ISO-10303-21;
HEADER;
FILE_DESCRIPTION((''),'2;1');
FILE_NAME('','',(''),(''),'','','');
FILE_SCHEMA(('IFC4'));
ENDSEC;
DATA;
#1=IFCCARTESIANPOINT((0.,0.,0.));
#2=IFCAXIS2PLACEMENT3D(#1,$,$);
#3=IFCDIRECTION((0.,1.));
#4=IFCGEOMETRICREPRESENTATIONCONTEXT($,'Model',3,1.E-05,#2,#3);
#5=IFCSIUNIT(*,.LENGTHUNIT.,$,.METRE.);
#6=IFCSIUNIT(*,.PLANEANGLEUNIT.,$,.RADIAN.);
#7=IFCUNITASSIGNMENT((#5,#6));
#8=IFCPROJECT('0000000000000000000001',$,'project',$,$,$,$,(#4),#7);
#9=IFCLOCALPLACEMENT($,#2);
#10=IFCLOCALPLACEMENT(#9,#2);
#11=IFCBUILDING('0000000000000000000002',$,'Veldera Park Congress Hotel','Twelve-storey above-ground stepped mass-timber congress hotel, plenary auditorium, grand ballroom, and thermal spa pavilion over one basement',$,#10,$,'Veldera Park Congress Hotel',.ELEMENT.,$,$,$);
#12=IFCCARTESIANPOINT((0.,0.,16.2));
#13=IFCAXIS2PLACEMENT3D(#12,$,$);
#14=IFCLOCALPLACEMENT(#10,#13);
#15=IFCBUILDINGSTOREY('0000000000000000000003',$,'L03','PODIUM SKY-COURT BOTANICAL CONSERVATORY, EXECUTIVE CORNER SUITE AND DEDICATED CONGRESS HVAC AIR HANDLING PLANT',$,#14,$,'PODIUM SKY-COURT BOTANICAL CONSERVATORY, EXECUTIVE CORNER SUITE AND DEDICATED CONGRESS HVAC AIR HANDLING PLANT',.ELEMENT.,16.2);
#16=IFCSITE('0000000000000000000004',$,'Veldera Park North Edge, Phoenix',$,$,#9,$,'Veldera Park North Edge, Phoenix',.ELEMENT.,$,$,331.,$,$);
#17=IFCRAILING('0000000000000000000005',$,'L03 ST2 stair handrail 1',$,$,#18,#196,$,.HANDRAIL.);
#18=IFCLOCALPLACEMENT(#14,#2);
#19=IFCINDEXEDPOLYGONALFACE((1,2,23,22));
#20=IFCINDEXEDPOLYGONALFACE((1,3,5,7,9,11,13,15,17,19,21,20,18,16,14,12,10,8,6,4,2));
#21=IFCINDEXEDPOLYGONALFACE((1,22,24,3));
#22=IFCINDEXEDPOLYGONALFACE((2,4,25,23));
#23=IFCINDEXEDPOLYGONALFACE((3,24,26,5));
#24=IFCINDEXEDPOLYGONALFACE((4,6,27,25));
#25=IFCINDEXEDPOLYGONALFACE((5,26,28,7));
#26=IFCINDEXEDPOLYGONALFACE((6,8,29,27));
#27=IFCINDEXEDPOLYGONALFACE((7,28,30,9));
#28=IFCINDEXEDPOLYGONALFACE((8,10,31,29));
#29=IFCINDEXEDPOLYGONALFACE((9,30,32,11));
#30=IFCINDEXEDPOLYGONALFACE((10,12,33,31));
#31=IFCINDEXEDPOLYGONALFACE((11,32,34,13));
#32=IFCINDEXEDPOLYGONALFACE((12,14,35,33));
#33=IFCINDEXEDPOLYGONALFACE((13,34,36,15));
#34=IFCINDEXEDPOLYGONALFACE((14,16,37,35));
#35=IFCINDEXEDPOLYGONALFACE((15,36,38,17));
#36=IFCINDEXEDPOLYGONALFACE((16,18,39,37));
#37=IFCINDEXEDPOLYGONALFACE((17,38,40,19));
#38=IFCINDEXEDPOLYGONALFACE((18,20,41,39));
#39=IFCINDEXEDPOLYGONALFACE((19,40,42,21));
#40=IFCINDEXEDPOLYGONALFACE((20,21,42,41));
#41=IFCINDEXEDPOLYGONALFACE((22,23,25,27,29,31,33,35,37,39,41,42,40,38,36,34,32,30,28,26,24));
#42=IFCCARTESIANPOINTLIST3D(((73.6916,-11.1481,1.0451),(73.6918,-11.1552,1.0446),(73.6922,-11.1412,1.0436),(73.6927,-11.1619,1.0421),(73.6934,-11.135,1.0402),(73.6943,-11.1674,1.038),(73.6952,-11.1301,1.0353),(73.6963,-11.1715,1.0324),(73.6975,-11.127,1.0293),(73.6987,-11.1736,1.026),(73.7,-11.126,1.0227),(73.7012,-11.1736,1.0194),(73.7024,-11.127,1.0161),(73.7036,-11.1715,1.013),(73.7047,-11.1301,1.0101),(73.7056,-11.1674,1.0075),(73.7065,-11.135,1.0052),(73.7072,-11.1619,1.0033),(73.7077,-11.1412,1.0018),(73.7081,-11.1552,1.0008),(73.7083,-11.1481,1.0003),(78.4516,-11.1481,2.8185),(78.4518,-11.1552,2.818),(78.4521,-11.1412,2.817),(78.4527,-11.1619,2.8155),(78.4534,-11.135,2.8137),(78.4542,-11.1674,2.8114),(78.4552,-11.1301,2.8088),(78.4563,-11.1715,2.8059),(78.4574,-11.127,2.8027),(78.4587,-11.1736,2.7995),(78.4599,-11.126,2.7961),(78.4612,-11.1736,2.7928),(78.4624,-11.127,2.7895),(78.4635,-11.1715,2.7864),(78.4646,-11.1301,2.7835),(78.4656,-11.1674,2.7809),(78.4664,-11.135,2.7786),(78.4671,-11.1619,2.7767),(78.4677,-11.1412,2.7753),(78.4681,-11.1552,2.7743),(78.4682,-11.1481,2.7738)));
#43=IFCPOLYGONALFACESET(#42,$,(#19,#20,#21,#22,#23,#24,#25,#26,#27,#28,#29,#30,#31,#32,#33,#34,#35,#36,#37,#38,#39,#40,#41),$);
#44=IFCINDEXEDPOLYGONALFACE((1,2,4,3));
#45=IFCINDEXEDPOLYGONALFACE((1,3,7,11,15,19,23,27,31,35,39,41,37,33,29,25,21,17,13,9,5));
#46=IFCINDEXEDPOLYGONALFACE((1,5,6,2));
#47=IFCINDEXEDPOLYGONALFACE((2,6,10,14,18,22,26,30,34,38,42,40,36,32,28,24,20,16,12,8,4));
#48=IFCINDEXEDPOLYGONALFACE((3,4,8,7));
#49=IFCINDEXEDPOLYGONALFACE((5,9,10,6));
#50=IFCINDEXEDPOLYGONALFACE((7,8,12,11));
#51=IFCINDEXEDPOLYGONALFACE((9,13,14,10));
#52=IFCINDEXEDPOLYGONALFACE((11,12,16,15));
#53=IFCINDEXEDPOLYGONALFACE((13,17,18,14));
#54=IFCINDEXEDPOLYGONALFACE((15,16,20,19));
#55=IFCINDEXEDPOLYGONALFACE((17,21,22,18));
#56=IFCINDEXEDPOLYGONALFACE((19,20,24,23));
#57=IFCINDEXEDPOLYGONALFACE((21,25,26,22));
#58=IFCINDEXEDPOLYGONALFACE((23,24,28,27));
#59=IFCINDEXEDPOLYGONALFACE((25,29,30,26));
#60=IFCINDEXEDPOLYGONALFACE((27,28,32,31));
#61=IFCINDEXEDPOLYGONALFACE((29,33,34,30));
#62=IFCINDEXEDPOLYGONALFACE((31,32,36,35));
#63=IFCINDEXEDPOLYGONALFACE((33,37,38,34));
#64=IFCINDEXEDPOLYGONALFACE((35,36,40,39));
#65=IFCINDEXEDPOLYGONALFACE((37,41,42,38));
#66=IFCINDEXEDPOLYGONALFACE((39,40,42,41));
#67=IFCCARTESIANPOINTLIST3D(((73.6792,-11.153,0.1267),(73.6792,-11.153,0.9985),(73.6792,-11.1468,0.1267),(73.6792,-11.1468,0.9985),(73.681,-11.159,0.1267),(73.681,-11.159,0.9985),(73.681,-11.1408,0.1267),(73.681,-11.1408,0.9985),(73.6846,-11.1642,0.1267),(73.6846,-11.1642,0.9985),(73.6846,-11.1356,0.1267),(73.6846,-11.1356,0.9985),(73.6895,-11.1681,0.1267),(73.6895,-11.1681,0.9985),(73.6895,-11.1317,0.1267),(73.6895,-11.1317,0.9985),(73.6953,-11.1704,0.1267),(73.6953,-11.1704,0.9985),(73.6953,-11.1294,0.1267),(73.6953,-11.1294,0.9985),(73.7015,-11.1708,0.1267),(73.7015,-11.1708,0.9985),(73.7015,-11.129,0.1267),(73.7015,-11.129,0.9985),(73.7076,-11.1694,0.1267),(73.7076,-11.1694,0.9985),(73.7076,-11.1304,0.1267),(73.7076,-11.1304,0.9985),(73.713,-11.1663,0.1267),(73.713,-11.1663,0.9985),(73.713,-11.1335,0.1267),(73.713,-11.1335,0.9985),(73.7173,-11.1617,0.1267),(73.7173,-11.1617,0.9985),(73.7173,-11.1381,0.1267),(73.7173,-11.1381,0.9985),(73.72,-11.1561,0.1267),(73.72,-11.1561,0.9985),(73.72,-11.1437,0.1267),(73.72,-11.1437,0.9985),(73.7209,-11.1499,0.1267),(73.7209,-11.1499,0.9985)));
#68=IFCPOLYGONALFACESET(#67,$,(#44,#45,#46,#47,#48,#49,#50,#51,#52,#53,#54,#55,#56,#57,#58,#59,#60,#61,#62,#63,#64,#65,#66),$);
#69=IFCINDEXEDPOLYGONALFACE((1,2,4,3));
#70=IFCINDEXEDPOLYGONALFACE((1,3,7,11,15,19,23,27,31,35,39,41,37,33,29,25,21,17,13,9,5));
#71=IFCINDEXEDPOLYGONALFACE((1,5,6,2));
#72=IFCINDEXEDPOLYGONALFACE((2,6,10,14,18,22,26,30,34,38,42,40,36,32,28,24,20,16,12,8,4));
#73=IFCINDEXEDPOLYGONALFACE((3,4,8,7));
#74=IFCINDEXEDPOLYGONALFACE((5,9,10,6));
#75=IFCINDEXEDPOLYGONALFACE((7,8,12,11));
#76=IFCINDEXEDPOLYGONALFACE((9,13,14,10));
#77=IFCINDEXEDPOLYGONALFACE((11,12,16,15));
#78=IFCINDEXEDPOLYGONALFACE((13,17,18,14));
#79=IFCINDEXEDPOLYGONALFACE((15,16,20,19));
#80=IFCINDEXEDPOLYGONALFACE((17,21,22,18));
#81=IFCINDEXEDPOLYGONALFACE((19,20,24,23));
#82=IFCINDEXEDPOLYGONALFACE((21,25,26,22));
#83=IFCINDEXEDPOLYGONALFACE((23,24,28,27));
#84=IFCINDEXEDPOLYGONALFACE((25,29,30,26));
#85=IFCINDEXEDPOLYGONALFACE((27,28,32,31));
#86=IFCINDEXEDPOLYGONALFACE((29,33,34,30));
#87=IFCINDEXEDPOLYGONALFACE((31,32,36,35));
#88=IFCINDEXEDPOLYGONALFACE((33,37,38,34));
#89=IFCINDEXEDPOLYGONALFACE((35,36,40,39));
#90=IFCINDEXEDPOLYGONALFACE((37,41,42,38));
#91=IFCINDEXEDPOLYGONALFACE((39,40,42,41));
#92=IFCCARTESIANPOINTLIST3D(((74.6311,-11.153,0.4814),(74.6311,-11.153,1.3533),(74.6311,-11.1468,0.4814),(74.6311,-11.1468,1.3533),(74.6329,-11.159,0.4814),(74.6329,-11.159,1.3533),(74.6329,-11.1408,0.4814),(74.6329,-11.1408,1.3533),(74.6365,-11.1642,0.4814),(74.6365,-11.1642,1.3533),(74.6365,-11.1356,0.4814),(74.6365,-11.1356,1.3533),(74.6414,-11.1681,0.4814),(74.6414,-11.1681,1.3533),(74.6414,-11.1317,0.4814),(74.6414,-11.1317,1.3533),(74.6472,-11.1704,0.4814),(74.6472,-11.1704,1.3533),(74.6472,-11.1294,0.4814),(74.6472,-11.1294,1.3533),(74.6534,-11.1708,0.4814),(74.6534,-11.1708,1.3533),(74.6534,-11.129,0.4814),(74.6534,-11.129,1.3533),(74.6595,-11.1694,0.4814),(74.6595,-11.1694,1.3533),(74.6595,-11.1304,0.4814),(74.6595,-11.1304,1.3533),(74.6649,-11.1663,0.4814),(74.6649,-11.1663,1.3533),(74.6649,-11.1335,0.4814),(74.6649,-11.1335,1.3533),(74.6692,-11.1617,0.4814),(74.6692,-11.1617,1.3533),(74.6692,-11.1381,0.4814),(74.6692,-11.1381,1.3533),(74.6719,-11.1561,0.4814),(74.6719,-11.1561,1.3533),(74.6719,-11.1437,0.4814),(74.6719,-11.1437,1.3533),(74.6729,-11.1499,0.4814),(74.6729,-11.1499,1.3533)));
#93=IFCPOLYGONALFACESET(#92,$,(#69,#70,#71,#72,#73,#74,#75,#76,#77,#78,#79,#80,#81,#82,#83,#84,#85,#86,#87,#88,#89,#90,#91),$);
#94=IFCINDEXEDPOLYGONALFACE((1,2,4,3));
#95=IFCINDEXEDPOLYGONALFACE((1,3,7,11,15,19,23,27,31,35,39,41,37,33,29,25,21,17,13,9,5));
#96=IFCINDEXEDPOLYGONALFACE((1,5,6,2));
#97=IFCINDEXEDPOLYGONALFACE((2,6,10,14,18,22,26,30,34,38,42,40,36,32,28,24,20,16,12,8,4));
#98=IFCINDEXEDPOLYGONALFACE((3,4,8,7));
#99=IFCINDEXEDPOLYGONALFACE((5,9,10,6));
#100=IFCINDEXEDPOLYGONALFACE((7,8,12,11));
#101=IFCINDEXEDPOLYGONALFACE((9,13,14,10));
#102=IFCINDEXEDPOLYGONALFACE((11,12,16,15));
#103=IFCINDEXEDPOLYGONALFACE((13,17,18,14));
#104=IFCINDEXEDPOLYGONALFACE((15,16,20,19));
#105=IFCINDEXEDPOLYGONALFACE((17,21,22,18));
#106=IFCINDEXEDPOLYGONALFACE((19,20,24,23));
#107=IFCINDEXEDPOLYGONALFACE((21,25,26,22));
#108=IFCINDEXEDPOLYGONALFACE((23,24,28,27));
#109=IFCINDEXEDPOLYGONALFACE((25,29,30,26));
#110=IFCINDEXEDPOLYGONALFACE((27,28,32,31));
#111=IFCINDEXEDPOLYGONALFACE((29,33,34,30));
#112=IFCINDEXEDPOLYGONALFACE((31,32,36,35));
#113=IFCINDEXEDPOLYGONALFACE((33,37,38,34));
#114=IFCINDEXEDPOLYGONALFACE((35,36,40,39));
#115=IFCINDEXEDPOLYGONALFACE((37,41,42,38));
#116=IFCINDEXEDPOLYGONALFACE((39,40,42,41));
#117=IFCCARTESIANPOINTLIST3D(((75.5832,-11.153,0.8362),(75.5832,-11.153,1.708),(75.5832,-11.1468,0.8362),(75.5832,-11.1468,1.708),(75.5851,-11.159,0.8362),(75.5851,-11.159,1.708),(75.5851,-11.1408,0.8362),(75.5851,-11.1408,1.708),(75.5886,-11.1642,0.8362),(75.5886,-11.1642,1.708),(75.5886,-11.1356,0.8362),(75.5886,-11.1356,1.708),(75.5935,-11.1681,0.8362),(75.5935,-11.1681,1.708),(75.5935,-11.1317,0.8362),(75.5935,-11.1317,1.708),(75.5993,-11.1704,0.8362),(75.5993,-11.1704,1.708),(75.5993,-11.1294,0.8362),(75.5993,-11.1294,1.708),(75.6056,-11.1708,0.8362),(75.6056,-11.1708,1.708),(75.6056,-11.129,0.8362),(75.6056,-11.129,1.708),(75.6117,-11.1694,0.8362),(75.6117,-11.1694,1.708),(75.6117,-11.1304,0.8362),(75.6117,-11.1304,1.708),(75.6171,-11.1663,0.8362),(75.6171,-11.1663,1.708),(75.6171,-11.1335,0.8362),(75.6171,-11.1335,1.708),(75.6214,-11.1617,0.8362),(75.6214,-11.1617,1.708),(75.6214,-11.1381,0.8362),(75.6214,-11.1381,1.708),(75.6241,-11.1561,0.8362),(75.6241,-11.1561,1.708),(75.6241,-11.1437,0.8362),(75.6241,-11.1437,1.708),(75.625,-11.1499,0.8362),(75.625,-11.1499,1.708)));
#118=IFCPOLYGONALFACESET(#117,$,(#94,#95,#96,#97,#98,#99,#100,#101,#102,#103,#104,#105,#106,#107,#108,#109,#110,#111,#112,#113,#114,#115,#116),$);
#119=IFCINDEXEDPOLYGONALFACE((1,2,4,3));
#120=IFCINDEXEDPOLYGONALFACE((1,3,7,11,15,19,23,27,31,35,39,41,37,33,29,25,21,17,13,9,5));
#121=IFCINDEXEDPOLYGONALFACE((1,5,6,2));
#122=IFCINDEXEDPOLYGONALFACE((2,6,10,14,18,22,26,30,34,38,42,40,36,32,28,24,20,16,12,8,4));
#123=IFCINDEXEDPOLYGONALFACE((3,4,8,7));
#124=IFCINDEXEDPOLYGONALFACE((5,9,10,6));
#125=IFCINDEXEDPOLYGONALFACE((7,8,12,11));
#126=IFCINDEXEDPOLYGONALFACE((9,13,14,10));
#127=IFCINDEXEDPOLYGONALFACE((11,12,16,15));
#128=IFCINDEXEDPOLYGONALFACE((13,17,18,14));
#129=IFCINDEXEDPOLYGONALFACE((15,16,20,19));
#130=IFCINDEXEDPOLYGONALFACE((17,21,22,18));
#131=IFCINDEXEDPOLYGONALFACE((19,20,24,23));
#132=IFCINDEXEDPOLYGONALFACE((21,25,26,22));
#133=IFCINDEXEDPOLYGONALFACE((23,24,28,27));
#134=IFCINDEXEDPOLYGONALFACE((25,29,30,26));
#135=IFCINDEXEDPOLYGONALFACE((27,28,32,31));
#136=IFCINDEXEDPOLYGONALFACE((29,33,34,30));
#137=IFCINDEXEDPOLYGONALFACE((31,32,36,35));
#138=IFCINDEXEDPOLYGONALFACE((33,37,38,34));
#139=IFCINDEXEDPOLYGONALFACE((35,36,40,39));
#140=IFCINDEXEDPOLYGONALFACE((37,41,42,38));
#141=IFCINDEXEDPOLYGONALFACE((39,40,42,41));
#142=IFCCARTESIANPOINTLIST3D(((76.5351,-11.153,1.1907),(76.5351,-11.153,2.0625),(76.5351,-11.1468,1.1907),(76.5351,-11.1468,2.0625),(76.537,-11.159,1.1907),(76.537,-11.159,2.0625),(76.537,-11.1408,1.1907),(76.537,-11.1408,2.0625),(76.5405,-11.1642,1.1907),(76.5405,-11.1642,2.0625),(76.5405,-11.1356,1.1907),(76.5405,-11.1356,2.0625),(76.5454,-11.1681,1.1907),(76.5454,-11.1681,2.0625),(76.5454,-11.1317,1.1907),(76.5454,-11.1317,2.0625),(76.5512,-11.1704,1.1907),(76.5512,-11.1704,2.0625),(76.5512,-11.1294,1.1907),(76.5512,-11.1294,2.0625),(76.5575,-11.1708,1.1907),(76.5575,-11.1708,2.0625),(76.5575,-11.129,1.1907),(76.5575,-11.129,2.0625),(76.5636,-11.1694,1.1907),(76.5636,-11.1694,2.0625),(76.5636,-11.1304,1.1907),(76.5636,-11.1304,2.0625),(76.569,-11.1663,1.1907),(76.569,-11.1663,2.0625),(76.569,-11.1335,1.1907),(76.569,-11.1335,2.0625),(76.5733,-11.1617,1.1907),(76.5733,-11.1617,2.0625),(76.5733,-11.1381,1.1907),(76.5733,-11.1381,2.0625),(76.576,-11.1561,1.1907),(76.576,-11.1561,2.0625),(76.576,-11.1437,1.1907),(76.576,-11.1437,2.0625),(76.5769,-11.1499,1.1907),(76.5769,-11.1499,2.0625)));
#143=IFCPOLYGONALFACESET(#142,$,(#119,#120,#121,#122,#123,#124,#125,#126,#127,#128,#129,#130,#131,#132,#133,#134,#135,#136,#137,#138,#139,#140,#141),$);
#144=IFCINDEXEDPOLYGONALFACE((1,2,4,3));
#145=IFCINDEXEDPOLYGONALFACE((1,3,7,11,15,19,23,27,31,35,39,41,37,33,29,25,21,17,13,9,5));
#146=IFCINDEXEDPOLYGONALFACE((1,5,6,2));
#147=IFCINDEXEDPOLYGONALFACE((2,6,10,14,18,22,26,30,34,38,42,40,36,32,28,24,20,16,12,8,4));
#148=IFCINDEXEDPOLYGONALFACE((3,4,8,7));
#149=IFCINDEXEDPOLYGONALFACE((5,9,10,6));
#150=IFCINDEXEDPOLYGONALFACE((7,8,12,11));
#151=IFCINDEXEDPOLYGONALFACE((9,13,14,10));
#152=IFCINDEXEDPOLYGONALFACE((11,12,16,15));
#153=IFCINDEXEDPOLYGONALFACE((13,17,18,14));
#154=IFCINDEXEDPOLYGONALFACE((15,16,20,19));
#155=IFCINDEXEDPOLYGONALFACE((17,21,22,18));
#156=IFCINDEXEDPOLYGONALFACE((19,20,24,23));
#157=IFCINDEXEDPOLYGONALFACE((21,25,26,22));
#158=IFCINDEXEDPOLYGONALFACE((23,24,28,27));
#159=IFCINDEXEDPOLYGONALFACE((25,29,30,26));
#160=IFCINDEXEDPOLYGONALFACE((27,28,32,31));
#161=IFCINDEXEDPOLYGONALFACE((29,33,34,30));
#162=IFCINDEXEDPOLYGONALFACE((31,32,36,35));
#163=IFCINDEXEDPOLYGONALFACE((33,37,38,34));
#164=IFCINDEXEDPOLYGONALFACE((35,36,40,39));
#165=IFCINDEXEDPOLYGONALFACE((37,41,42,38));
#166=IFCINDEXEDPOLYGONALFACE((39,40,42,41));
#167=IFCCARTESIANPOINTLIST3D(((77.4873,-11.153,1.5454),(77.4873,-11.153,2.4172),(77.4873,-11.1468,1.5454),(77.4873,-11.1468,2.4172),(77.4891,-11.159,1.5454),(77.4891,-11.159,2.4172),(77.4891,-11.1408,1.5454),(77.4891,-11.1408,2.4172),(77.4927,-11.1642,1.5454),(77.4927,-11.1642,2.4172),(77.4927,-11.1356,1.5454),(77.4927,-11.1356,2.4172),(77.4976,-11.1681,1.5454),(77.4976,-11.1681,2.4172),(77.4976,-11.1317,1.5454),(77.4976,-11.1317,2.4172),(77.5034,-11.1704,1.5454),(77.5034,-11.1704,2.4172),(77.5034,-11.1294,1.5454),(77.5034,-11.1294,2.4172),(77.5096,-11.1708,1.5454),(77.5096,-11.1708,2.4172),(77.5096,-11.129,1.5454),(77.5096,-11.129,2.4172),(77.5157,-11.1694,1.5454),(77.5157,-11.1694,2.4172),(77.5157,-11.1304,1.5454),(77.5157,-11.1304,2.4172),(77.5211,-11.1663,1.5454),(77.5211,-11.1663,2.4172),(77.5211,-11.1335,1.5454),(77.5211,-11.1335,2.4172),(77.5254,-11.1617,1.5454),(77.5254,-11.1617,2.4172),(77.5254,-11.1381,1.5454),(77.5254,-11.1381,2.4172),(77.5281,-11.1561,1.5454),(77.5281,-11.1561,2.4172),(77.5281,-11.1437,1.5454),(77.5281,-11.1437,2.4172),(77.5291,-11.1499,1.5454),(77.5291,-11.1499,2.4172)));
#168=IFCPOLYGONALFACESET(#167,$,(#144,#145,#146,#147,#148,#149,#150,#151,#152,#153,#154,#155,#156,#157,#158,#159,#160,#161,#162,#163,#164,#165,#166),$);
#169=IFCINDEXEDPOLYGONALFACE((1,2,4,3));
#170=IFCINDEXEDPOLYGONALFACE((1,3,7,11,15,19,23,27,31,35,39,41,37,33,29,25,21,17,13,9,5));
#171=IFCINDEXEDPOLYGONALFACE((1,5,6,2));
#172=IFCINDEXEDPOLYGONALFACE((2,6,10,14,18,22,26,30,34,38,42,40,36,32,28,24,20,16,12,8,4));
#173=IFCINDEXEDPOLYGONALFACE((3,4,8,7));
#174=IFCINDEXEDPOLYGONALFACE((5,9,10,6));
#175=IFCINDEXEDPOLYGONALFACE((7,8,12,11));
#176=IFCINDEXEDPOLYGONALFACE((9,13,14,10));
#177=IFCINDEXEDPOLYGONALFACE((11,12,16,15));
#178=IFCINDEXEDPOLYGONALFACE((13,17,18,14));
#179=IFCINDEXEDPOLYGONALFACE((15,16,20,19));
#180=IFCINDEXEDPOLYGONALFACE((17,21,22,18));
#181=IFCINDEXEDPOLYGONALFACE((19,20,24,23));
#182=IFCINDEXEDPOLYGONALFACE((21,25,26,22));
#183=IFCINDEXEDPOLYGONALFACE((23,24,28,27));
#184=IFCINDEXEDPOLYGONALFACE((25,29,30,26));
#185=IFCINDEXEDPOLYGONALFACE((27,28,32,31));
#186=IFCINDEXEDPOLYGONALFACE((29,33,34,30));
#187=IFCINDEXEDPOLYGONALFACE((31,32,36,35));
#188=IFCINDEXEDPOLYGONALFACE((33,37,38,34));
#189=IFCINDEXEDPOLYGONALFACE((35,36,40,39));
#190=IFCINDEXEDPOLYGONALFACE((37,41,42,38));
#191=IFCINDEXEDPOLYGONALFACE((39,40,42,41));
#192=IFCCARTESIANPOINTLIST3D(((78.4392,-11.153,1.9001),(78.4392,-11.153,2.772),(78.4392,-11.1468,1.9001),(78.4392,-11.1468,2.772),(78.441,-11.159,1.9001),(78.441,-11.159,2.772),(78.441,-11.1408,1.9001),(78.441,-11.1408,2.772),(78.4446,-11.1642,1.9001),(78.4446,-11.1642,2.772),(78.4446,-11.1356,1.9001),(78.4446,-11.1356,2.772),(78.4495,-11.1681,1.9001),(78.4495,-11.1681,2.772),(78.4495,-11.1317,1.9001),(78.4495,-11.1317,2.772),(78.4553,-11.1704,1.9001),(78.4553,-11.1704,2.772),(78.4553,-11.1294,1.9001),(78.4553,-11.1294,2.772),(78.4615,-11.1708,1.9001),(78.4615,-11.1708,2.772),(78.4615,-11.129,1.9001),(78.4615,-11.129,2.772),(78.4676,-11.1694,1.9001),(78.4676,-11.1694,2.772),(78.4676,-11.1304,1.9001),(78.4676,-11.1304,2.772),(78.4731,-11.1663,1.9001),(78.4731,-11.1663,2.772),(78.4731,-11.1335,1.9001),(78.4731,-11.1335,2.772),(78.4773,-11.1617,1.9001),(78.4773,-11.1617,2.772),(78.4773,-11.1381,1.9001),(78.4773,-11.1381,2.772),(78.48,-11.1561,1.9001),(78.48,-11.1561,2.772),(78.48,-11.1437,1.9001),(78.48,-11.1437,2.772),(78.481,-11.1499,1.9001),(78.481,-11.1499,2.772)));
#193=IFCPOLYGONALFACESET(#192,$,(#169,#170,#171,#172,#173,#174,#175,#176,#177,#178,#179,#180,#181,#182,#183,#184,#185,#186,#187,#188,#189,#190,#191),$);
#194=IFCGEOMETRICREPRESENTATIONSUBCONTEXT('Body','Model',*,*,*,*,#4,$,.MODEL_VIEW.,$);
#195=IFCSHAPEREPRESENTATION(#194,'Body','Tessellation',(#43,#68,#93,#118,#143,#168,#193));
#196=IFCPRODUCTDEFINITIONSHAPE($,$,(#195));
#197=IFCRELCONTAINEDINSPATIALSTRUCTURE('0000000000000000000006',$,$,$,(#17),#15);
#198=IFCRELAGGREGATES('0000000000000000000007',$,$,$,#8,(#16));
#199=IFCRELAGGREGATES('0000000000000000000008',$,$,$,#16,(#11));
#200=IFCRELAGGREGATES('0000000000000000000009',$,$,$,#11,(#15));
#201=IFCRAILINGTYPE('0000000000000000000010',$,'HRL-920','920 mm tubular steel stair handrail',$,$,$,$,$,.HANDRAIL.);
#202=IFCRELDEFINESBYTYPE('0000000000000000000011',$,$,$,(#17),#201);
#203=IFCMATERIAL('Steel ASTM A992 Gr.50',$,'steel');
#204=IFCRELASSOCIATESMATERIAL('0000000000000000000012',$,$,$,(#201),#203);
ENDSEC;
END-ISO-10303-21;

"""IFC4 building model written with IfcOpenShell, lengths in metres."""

from ifc_helpers import new_model, si_unit, direction, frame, origin, origin_2d, place, context, subcontext, project, spatial, circle, extrude, material, type_object, element, save


model = new_model("IFC4")

# Units and contexts
model_context = context("Model", 3, precision=1e-05, world=origin(), true_north=direction((0.0, 1.0)))
body_context = subcontext(model_context, "Body", "Model", "MODEL_VIEW")
ifc_project = project(units=[si_unit("LENGTHUNIT", "METRE"), si_unit("PLANEANGLEUNIT", "RADIAN")], contexts=[model_context])

# Site, building, storey
site_placement = place(None, origin())
site = spatial("IfcSite", under=ifc_project, at=site_placement, Name="Veldera Park North Edge, Phoenix", LongName="Veldera Park North Edge, Phoenix", CompositionType="ELEMENT", RefElevation=331.0)
building_placement = place(site_placement, origin())
building = spatial("IfcBuilding", under=site, at=building_placement, Name="Veldera Park Congress Hotel", Description="Twelve-storey above-ground stepped mass-timber congress hotel, plenary auditorium, grand ballroom, and thermal spa pavilion over one basement", LongName="Veldera Park Congress Hotel", CompositionType="ELEMENT")
storey_placement = place(building_placement, frame((0.0, 0.0, 16.2)))
storey = spatial("IfcBuildingStorey", under=building, at=storey_placement, Name="L03", Description="PODIUM SKY-COURT BOTANICAL CONSERVATORY, EXECUTIVE CORNER SUITE AND DEDICATED CONGRESS HVAC AIR HANDLING PLANT", LongName="PODIUM SKY-COURT BOTANICAL CONSERVATORY, EXECUTIVE CORNER SUITE AND DEDICATED CONGRESS HVAC AIR HANDLING PLANT", CompositionType="ELEMENT", Elevation=16.2)

# Railing
ifc_material_1 = material(Name="Steel ASTM A992 Gr.50", Category="steel")
railing_type_1 = type_object("IfcRailingType", Name="HRL-920", Description="920 mm tubular steel stair handrail", PredefinedType="HANDRAIL", material=ifc_material_1)
railing_1_placement = place(storey_placement, frame((73.7, -11.1499, 0.1267)))
element("IfcRailing", 1, at=railing_1_placement, inside=storey, type_object=railing_type_1, Name="L03 ST2 stair handrail 1", PredefinedType="HANDRAIL", context=body_context, shape_type="SweptSolid", body=[
    extrude(circle(Radius=0.0239, at=origin_2d()), frame((0.0, 0.0, 0.896), z_axis=(0.937076, 0.0, 0.349126), x_axis=(0.0, 1.0, 0.0)), (0.0, 0.0, 1.0), 5.0796),
    extrude(circle(Radius=0.021, at=origin_2d()), origin(), (0.0, 0.0, 1.0), 0.8718),
    extrude(circle(Radius=0.021, at=origin_2d()), frame((0.9519, 0.0, 0.3547)), (0.0, 0.0, 1.0), 0.8718),
    extrude(circle(Radius=0.021, at=origin_2d()), frame((1.9041, 0.0, 0.7095)), (0.0, 0.0, 1.0), 0.8718),
    extrude(circle(Radius=0.021, at=origin_2d()), frame((2.856, 0.0, 1.064)), (0.0, 0.0, 1.0), 0.8718),
    extrude(circle(Radius=0.021, at=origin_2d()), frame((3.8081, 0.0, 1.4187)), (0.0, 0.0, 1.0), 0.8718),
    extrude(circle(Radius=0.021, at=origin_2d()), frame((4.76, 0.0, 1.7734)), (0.0, 0.0, 1.0), 0.8718),
])

save(model, "model.ifc")
